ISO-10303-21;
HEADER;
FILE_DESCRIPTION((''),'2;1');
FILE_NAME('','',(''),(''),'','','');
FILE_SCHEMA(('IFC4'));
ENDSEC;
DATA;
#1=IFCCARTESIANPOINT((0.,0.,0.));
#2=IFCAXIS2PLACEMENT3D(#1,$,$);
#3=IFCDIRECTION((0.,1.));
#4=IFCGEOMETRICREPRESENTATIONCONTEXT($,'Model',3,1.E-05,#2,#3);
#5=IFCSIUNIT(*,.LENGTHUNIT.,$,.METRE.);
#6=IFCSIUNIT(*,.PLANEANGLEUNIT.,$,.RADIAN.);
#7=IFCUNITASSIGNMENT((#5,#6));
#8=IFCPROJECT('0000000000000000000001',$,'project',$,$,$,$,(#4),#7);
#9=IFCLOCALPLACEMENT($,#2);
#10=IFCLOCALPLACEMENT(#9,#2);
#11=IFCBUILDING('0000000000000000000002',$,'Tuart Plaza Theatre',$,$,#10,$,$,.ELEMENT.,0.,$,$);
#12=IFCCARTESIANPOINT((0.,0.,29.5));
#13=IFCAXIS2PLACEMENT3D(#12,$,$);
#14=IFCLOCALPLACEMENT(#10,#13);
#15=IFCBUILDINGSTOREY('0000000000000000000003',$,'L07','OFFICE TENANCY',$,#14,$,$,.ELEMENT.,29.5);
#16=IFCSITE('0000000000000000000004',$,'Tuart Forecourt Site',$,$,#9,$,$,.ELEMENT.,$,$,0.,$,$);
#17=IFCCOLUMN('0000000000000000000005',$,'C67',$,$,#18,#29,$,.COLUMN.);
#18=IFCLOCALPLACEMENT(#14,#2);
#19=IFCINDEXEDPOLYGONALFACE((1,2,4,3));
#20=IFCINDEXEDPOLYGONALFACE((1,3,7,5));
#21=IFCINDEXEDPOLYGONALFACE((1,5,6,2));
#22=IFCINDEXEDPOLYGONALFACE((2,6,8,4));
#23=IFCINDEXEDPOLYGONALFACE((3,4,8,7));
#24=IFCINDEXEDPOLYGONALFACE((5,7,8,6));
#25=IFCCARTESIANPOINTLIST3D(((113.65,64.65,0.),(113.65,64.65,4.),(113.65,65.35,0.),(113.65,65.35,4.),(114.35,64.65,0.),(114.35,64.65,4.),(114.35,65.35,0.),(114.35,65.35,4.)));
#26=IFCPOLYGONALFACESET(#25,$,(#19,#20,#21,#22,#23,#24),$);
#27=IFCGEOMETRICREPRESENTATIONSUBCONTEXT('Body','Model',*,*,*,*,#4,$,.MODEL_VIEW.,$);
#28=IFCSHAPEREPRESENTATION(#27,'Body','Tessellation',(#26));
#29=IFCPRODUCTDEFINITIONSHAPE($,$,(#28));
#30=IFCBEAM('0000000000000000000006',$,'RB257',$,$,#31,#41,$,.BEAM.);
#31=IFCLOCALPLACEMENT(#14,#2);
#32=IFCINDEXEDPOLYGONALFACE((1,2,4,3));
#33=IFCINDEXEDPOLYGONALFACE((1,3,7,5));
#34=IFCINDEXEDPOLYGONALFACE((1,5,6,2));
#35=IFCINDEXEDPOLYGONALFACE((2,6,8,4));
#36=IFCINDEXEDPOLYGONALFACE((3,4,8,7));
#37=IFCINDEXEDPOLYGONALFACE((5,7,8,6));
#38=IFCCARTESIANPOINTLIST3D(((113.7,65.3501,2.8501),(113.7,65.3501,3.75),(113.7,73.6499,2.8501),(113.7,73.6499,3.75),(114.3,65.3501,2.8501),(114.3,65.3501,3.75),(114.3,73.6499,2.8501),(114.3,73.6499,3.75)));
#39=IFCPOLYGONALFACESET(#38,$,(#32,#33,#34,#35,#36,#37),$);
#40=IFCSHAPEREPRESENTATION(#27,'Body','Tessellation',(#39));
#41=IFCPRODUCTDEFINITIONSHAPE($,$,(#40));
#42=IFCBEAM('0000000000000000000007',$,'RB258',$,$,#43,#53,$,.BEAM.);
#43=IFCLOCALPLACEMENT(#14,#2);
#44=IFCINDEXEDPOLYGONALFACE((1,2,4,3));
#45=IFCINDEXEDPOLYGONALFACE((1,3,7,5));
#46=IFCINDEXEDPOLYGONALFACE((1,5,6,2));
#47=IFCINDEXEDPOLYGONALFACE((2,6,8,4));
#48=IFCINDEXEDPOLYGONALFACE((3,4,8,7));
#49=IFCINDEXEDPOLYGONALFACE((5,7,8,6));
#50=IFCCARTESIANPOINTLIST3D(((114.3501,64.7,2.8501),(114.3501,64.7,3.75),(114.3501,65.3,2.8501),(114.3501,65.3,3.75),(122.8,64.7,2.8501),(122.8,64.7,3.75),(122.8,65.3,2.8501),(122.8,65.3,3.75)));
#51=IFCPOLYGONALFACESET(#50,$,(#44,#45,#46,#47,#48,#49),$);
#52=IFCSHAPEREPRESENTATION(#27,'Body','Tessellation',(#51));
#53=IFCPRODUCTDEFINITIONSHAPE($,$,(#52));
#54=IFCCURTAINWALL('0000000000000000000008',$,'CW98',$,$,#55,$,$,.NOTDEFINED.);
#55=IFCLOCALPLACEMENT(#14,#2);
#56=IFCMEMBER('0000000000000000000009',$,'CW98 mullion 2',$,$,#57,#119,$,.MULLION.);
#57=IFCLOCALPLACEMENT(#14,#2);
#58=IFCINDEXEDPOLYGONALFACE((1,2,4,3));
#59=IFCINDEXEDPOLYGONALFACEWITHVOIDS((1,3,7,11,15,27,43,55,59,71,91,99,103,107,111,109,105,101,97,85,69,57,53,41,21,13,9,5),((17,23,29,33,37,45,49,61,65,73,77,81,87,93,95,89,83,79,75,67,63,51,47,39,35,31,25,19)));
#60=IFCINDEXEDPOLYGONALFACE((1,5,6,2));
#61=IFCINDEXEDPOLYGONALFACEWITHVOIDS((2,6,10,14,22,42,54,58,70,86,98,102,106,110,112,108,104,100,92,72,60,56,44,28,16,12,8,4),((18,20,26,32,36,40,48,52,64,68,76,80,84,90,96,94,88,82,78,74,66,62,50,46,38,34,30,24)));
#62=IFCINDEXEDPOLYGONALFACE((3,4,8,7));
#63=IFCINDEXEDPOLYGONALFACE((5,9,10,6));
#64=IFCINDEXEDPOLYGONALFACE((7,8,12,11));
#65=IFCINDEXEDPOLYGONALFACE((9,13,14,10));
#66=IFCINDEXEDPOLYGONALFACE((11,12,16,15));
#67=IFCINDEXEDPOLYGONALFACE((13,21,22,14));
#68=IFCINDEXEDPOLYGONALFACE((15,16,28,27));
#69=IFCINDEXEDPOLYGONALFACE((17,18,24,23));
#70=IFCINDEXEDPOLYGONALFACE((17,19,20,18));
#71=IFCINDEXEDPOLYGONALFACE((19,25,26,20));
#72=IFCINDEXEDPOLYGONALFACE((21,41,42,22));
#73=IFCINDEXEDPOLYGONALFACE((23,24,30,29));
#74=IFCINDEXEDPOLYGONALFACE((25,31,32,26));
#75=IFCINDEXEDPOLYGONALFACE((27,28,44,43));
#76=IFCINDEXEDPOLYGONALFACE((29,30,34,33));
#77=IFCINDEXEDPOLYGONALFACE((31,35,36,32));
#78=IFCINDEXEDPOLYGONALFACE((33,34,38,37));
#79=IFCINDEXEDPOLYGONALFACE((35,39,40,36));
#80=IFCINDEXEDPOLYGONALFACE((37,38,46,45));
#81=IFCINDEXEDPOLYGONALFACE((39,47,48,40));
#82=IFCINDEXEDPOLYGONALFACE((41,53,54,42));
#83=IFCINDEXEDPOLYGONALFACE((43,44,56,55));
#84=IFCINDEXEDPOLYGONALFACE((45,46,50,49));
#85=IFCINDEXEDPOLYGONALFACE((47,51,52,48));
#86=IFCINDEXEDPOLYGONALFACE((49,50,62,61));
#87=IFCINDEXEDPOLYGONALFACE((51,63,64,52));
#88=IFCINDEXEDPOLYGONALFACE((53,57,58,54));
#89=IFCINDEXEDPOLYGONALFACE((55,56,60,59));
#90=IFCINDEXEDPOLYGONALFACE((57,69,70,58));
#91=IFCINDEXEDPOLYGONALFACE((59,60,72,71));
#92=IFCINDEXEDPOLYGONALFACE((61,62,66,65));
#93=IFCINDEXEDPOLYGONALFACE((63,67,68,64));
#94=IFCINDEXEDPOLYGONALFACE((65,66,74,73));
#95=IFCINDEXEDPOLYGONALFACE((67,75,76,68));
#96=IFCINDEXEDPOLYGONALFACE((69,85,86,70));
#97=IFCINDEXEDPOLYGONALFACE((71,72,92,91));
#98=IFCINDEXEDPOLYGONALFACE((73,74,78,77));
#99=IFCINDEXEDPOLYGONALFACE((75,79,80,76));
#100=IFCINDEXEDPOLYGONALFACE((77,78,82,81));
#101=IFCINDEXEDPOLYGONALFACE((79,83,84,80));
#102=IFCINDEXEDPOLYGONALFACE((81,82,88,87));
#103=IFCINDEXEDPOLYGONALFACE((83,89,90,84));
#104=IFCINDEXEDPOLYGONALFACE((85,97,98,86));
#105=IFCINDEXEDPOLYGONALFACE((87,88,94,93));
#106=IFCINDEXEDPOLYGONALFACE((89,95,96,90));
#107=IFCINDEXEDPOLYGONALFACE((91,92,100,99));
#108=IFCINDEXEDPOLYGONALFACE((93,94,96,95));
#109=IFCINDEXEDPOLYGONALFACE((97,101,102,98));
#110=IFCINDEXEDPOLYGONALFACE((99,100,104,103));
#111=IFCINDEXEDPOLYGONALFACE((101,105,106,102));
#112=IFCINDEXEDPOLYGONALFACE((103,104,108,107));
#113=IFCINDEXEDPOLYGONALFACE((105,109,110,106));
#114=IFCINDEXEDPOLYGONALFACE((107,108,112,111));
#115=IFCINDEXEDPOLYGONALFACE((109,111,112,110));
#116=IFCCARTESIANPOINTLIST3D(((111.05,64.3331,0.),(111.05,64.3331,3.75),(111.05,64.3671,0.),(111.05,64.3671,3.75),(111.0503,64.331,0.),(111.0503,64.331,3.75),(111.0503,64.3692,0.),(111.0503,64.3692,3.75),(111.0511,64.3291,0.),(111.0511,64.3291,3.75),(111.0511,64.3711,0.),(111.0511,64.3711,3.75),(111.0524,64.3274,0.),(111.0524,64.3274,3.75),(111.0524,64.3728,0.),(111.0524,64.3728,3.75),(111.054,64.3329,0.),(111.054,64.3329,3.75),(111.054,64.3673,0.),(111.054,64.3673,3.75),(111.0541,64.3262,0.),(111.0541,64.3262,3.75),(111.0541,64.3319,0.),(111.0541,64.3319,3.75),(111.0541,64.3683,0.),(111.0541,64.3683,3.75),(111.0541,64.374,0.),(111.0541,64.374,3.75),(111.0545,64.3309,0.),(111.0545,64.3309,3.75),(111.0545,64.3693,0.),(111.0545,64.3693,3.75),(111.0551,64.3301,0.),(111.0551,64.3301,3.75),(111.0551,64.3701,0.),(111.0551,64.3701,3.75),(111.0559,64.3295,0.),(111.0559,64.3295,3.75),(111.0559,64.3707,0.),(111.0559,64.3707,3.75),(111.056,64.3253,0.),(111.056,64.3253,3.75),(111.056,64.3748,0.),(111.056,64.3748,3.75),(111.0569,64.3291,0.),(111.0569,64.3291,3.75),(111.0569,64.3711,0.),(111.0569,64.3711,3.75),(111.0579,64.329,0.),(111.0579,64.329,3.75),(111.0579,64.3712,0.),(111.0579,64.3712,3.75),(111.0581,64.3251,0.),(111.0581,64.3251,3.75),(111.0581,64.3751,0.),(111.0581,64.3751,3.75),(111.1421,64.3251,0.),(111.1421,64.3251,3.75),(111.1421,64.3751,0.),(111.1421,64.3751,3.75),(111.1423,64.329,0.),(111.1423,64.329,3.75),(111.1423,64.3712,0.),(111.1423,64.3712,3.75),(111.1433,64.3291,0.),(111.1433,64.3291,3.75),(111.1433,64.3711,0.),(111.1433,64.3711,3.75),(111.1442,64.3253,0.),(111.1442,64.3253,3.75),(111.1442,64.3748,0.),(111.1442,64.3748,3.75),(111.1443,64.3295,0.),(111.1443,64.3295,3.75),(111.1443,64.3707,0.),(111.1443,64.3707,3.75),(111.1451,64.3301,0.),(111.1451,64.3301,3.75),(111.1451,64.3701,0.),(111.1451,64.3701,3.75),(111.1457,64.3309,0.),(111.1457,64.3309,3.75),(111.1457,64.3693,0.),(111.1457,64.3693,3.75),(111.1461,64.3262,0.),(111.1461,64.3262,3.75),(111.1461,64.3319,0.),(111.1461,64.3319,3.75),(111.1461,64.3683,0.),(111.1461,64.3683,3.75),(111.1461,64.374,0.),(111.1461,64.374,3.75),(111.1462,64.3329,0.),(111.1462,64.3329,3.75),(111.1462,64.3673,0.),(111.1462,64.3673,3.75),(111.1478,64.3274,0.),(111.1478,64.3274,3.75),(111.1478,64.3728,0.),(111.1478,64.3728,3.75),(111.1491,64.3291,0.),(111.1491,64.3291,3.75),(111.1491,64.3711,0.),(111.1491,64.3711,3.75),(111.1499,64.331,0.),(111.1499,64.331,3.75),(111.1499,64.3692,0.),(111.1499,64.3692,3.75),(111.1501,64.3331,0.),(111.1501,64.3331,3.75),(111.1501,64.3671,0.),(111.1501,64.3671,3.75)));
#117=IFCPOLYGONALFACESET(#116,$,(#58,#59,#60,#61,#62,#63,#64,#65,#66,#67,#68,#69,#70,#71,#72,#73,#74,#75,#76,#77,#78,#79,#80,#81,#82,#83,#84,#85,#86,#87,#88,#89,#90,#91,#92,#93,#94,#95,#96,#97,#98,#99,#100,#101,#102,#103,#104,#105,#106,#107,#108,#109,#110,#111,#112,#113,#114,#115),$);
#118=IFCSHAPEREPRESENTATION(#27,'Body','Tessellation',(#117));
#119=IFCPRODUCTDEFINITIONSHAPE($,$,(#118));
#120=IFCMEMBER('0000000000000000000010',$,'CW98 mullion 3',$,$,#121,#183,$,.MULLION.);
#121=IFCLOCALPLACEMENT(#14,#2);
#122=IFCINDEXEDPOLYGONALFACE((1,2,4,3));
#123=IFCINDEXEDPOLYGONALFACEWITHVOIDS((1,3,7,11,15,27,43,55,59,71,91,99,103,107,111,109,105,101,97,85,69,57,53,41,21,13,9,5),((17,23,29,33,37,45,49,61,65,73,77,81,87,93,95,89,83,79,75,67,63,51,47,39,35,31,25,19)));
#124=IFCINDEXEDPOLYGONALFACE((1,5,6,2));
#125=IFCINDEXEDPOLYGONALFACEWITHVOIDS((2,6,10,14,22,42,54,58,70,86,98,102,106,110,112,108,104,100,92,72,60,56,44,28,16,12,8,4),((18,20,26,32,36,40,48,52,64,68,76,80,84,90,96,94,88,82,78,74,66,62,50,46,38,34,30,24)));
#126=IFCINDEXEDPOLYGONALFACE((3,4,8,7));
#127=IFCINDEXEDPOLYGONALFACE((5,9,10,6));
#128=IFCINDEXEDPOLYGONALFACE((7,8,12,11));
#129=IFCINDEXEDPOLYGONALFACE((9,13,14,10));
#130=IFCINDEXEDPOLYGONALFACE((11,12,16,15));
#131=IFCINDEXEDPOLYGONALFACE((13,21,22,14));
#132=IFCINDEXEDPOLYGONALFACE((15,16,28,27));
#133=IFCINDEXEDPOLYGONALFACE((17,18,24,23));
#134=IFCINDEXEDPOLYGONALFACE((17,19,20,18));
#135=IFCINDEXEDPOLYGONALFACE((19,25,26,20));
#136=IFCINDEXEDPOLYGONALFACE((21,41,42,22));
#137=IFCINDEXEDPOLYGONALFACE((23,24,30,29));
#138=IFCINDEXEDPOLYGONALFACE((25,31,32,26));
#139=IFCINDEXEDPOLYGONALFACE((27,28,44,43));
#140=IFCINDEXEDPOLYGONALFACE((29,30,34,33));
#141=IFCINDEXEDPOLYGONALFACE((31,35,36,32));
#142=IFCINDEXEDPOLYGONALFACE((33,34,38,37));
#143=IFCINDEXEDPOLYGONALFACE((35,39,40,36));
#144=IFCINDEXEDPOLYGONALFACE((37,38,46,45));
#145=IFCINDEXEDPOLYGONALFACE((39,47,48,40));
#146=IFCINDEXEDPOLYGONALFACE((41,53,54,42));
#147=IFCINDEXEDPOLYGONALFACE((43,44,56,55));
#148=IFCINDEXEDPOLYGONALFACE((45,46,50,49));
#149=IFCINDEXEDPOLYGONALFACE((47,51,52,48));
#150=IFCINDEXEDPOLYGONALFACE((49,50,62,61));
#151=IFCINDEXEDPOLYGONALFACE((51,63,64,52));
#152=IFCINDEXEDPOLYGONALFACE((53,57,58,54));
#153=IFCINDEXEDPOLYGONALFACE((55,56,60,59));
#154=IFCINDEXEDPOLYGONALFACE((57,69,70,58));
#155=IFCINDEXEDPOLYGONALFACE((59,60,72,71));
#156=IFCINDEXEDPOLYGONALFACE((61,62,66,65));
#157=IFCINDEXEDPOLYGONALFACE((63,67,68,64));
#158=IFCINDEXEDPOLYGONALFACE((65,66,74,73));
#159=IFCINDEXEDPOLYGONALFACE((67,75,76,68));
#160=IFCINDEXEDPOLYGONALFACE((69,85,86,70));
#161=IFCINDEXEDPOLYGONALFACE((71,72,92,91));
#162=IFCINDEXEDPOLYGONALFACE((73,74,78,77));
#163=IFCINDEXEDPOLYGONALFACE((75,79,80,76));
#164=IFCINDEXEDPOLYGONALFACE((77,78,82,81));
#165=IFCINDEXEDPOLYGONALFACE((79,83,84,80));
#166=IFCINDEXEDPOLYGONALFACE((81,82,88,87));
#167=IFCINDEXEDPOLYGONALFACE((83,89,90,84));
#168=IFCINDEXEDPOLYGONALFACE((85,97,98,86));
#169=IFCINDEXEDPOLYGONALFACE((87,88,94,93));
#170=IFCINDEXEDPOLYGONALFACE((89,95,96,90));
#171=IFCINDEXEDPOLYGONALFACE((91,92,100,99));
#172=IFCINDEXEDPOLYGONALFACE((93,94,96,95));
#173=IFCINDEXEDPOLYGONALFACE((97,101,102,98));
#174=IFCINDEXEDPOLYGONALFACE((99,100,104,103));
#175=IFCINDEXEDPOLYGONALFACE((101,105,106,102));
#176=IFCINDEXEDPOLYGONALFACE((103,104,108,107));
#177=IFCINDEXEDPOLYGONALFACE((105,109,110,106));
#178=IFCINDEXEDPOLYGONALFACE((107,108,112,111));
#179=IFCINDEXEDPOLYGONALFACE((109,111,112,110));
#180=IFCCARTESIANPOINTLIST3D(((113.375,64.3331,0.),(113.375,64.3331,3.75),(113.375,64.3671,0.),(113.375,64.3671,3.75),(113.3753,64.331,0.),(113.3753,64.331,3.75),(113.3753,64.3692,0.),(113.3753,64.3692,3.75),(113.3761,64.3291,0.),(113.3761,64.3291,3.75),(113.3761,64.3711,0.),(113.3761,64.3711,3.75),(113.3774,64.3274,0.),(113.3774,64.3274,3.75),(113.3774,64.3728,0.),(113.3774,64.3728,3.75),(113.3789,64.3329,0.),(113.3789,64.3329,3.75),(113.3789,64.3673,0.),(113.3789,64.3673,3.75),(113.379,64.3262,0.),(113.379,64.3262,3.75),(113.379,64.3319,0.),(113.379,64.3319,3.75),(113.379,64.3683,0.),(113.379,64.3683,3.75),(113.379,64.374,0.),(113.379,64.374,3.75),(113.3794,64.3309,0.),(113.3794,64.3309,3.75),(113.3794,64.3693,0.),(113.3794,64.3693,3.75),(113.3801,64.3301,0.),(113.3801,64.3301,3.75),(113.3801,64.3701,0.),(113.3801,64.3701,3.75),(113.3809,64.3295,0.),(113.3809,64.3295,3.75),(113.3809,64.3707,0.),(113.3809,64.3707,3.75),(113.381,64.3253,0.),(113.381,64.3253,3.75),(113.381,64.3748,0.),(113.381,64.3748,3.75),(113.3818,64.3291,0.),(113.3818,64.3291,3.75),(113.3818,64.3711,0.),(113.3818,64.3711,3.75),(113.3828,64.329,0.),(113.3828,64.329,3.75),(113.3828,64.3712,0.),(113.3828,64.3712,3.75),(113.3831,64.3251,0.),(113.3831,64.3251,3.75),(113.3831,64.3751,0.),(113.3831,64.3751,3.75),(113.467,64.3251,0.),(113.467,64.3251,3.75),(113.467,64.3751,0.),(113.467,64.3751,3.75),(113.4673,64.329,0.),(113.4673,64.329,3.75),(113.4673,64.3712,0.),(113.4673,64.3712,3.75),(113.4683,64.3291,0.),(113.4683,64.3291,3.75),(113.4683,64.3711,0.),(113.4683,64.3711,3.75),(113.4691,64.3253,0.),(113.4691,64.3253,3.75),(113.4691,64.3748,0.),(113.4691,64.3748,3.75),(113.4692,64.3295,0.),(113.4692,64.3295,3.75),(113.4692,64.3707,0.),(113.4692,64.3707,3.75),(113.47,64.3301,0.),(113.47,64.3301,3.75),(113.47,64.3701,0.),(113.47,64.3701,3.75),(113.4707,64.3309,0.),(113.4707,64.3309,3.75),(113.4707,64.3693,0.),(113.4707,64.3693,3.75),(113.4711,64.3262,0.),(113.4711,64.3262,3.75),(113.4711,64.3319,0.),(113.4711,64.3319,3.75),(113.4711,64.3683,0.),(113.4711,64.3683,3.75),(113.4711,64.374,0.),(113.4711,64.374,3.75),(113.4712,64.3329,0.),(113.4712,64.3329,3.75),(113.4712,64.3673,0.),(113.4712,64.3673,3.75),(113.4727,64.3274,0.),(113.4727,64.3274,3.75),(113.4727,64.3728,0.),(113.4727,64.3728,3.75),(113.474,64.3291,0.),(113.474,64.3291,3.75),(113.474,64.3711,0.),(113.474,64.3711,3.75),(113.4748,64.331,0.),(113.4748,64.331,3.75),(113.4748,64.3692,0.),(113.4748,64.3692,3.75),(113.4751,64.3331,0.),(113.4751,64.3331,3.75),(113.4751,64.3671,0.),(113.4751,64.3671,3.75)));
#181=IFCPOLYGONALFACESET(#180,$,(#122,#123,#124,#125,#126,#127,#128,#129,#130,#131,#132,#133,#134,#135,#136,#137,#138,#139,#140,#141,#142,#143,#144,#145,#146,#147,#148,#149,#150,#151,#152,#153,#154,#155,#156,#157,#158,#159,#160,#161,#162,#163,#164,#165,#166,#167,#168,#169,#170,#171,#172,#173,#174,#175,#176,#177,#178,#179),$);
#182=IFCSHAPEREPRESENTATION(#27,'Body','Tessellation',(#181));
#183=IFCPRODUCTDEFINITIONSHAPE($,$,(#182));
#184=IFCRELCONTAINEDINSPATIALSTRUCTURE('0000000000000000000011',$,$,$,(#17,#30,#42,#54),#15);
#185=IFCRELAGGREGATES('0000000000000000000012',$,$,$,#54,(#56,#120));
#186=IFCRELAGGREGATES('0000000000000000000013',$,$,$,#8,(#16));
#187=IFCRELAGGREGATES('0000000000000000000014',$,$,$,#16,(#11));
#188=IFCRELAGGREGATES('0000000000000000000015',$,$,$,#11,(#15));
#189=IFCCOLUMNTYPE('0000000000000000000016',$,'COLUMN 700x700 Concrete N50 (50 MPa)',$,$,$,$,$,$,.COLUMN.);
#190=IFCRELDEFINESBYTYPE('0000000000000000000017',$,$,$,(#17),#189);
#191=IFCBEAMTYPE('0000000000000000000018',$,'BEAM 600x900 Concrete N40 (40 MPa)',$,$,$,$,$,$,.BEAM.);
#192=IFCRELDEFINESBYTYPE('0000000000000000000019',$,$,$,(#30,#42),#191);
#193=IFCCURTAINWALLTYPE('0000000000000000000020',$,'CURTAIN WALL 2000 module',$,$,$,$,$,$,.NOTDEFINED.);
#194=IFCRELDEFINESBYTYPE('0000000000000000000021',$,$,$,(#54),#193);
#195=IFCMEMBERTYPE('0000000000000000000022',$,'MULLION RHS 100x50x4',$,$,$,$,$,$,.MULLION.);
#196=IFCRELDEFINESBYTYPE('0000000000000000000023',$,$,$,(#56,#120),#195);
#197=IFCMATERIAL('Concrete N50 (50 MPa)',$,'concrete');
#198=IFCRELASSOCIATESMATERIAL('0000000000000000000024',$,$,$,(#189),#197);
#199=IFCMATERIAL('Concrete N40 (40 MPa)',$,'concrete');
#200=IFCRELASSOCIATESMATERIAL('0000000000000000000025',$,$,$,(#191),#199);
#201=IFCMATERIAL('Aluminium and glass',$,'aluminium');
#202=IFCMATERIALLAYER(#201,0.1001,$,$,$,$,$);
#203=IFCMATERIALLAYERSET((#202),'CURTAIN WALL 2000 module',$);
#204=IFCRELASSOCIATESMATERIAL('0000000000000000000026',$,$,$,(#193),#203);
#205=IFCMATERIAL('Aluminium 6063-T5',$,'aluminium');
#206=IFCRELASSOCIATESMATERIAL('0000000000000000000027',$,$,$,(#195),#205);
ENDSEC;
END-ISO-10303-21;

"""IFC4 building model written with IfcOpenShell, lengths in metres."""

from ifc_helpers import new_model, si_unit, direction, frame, origin, origin_2d, place, context, subcontext, project, spatial, rectangle, hollow_rectangle, extrude, material, layer, layer_set, material_profile, profile_set, type_object, element, aggregate, save


model = new_model("IFC4")

# Units and contexts
model_context = context("Model", 3, precision=1e-05, world=origin(), true_north=direction((0.0, 1.0)))
body_context = subcontext(model_context, "Body", "Model", "MODEL_VIEW")
ifc_project = project(units=[si_unit("LENGTHUNIT", "METRE"), si_unit("PLANEANGLEUNIT", "RADIAN")], contexts=[model_context])

# Site, building, storey
site_placement = place(None, origin())
site = spatial("IfcSite", under=ifc_project, at=site_placement, Name="Tuart Forecourt Site", CompositionType="ELEMENT", RefElevation=0.0)
building_placement = place(site_placement, origin())
building = spatial("IfcBuilding", under=site, at=building_placement, Name="Tuart Plaza Theatre", CompositionType="ELEMENT", ElevationOfRefHeight=0.0)
storey_placement = place(building_placement, frame((0.0, 0.0, 29.5)))
storey = spatial("IfcBuildingStorey", under=building, at=storey_placement, Name="L07", Description="OFFICE TENANCY", CompositionType="ELEMENT", Elevation=29.5)

# Column
ifc_material_1 = material(Name="Concrete N50 (50 MPa)", Category="concrete")
ifc_material_profile_1 = material_profile(ifc_material_1, rectangle(XDim=0.7, YDim=0.7, at=origin_2d()), Name="COLUMN 700x700 Concrete N50 (50 MPa)")
ifc_profile_set_1 = profile_set([ifc_material_profile_1], Name="Concrete N50 (50 MPa)")
column_type = type_object("IfcColumnType", Name="COLUMN 700x700 Concrete N50 (50 MPa)", PredefinedType="COLUMN", material=ifc_profile_set_1)
column_placement = place(storey_placement, frame((114.0, 65.0, 0.0), z_axis=(0.0, 0.0, 1.0), x_axis=(1.0, 0.0, 0.0)))
element("IfcColumn", 1, at=column_placement, inside=storey, type_object=column_type, Name="C67", PredefinedType="COLUMN", context=body_context, shape_type="SweptSolid", body=[
    extrude(rectangle(XDim=0.7, YDim=0.7, at=origin_2d()), origin(), (0.0, 0.0, 1.0), 4.0),
])

# Beams
ifc_material_2 = material(Name="Concrete N40 (40 MPa)", Category="concrete")
ifc_material_profile_2 = material_profile(ifc_material_2, rectangle(XDim=0.6001, YDim=0.8999, at=origin_2d()), Name="BEAM 600x900 Concrete N40 (40 MPa)")
ifc_profile_set_2 = profile_set([ifc_material_profile_2], Name="Concrete N40 (40 MPa)")
beam_type = type_object("IfcBeamType", Name="BEAM 600x900 Concrete N40 (40 MPa)", PredefinedType="BEAM", material=ifc_profile_set_2)
beam_1_placement = place(storey_placement, frame((114.0, 65.3501, 3.3), z_axis=(0.0, 1.0, 0.0), x_axis=(-1.0, 0.0, 0.0)))
element("IfcBeam", 2, at=beam_1_placement, inside=storey, type_object=beam_type, Name="RB257", PredefinedType="BEAM", context=body_context, shape_type="SweptSolid", body=[
    extrude(rectangle(XDim=0.6001, YDim=0.8999, at=origin_2d()), origin(), (0.0, 0.0, 1.0), 8.2998),
])
beam_2_placement = place(storey_placement, frame((114.3501, 65.0, 3.3), z_axis=(1.0, 0.0, 0.0), x_axis=(0.0, 1.0, 0.0)))
element("IfcBeam", 3, at=beam_2_placement, inside=storey, type_object=beam_type, Name="RB258", PredefinedType="BEAM", context=body_context, shape_type="SweptSolid", body=[
    extrude(rectangle(XDim=0.6001, YDim=0.8999, at=origin_2d()), origin(), (0.0, 0.0, 1.0), 8.45),
])

# Curtain wall, members
ifc_material_3 = material(Name="Aluminium and glass", Category="aluminium")
ifc_layer_1 = layer(ifc_material_3, 0.1001)
ifc_layer_set_1 = layer_set([ifc_layer_1], Name="CURTAIN WALL 2000 module")
curtain_wall_type = type_object("IfcCurtainWallType", Name="CURTAIN WALL 2000 module", PredefinedType="NOTDEFINED", material=ifc_layer_set_1)
curtain_wall_1_placement = place(storey_placement, origin())
curtain_wall_1 = element("IfcCurtainWall", 4, at=curtain_wall_1_placement, inside=storey, type_object=curtain_wall_type, Name="CW98", PredefinedType="NOTDEFINED")
ifc_material_4 = material(Name="Aluminium 6063-T5", Category="aluminium")
ifc_material_profile_3 = material_profile(ifc_material_4, hollow_rectangle(XDim=0.05, YDim=0.1001, WallThickness=0.0039, InnerFilletRadius=0.0039, OuterFilletRadius=0.0081, at=origin_2d()), Name="RHS 100x50x4")
ifc_profile_set_3 = profile_set([ifc_material_profile_3], Name="Aluminium 6063-T5")
member_type_1 = type_object("IfcMemberType", Name="MULLION RHS 100x50x4", PredefinedType="MULLION", material=ifc_profile_set_3)
member_1_placement = place(storey_placement, frame((111.1001, 64.3501, 0.0), z_axis=(0.0, 0.0, 1.0), x_axis=(0.0, 1.0, 0.0)))
member_1 = element("IfcMember", 5, at=member_1_placement, type_object=member_type_1, Name="CW98 mullion 2", PredefinedType="MULLION", context=body_context, shape_type="SweptSolid", body=[
    extrude(hollow_rectangle(XDim=0.05, YDim=0.1001, WallThickness=0.0039, InnerFilletRadius=0.0039, OuterFilletRadius=0.0081, at=origin_2d()), origin(), (0.0, 0.0, 1.0), 3.75),
])
member_2_placement = place(storey_placement, frame((113.425, 64.3501, 0.0), z_axis=(0.0, 0.0, 1.0), x_axis=(0.0, 1.0, 0.0)))
member_2 = element("IfcMember", 6, at=member_2_placement, type_object=member_type_1, Name="CW98 mullion 3", PredefinedType="MULLION", context=body_context, shape_type="SweptSolid", body=[
    extrude(hollow_rectangle(XDim=0.05, YDim=0.1001, WallThickness=0.0039, InnerFilletRadius=0.0039, OuterFilletRadius=0.0081, at=origin_2d()), origin(), (0.0, 0.0, 1.0), 3.75),
])

aggregate(curtain_wall_1, [member_1, member_2])

save(model, "model.ifc")
